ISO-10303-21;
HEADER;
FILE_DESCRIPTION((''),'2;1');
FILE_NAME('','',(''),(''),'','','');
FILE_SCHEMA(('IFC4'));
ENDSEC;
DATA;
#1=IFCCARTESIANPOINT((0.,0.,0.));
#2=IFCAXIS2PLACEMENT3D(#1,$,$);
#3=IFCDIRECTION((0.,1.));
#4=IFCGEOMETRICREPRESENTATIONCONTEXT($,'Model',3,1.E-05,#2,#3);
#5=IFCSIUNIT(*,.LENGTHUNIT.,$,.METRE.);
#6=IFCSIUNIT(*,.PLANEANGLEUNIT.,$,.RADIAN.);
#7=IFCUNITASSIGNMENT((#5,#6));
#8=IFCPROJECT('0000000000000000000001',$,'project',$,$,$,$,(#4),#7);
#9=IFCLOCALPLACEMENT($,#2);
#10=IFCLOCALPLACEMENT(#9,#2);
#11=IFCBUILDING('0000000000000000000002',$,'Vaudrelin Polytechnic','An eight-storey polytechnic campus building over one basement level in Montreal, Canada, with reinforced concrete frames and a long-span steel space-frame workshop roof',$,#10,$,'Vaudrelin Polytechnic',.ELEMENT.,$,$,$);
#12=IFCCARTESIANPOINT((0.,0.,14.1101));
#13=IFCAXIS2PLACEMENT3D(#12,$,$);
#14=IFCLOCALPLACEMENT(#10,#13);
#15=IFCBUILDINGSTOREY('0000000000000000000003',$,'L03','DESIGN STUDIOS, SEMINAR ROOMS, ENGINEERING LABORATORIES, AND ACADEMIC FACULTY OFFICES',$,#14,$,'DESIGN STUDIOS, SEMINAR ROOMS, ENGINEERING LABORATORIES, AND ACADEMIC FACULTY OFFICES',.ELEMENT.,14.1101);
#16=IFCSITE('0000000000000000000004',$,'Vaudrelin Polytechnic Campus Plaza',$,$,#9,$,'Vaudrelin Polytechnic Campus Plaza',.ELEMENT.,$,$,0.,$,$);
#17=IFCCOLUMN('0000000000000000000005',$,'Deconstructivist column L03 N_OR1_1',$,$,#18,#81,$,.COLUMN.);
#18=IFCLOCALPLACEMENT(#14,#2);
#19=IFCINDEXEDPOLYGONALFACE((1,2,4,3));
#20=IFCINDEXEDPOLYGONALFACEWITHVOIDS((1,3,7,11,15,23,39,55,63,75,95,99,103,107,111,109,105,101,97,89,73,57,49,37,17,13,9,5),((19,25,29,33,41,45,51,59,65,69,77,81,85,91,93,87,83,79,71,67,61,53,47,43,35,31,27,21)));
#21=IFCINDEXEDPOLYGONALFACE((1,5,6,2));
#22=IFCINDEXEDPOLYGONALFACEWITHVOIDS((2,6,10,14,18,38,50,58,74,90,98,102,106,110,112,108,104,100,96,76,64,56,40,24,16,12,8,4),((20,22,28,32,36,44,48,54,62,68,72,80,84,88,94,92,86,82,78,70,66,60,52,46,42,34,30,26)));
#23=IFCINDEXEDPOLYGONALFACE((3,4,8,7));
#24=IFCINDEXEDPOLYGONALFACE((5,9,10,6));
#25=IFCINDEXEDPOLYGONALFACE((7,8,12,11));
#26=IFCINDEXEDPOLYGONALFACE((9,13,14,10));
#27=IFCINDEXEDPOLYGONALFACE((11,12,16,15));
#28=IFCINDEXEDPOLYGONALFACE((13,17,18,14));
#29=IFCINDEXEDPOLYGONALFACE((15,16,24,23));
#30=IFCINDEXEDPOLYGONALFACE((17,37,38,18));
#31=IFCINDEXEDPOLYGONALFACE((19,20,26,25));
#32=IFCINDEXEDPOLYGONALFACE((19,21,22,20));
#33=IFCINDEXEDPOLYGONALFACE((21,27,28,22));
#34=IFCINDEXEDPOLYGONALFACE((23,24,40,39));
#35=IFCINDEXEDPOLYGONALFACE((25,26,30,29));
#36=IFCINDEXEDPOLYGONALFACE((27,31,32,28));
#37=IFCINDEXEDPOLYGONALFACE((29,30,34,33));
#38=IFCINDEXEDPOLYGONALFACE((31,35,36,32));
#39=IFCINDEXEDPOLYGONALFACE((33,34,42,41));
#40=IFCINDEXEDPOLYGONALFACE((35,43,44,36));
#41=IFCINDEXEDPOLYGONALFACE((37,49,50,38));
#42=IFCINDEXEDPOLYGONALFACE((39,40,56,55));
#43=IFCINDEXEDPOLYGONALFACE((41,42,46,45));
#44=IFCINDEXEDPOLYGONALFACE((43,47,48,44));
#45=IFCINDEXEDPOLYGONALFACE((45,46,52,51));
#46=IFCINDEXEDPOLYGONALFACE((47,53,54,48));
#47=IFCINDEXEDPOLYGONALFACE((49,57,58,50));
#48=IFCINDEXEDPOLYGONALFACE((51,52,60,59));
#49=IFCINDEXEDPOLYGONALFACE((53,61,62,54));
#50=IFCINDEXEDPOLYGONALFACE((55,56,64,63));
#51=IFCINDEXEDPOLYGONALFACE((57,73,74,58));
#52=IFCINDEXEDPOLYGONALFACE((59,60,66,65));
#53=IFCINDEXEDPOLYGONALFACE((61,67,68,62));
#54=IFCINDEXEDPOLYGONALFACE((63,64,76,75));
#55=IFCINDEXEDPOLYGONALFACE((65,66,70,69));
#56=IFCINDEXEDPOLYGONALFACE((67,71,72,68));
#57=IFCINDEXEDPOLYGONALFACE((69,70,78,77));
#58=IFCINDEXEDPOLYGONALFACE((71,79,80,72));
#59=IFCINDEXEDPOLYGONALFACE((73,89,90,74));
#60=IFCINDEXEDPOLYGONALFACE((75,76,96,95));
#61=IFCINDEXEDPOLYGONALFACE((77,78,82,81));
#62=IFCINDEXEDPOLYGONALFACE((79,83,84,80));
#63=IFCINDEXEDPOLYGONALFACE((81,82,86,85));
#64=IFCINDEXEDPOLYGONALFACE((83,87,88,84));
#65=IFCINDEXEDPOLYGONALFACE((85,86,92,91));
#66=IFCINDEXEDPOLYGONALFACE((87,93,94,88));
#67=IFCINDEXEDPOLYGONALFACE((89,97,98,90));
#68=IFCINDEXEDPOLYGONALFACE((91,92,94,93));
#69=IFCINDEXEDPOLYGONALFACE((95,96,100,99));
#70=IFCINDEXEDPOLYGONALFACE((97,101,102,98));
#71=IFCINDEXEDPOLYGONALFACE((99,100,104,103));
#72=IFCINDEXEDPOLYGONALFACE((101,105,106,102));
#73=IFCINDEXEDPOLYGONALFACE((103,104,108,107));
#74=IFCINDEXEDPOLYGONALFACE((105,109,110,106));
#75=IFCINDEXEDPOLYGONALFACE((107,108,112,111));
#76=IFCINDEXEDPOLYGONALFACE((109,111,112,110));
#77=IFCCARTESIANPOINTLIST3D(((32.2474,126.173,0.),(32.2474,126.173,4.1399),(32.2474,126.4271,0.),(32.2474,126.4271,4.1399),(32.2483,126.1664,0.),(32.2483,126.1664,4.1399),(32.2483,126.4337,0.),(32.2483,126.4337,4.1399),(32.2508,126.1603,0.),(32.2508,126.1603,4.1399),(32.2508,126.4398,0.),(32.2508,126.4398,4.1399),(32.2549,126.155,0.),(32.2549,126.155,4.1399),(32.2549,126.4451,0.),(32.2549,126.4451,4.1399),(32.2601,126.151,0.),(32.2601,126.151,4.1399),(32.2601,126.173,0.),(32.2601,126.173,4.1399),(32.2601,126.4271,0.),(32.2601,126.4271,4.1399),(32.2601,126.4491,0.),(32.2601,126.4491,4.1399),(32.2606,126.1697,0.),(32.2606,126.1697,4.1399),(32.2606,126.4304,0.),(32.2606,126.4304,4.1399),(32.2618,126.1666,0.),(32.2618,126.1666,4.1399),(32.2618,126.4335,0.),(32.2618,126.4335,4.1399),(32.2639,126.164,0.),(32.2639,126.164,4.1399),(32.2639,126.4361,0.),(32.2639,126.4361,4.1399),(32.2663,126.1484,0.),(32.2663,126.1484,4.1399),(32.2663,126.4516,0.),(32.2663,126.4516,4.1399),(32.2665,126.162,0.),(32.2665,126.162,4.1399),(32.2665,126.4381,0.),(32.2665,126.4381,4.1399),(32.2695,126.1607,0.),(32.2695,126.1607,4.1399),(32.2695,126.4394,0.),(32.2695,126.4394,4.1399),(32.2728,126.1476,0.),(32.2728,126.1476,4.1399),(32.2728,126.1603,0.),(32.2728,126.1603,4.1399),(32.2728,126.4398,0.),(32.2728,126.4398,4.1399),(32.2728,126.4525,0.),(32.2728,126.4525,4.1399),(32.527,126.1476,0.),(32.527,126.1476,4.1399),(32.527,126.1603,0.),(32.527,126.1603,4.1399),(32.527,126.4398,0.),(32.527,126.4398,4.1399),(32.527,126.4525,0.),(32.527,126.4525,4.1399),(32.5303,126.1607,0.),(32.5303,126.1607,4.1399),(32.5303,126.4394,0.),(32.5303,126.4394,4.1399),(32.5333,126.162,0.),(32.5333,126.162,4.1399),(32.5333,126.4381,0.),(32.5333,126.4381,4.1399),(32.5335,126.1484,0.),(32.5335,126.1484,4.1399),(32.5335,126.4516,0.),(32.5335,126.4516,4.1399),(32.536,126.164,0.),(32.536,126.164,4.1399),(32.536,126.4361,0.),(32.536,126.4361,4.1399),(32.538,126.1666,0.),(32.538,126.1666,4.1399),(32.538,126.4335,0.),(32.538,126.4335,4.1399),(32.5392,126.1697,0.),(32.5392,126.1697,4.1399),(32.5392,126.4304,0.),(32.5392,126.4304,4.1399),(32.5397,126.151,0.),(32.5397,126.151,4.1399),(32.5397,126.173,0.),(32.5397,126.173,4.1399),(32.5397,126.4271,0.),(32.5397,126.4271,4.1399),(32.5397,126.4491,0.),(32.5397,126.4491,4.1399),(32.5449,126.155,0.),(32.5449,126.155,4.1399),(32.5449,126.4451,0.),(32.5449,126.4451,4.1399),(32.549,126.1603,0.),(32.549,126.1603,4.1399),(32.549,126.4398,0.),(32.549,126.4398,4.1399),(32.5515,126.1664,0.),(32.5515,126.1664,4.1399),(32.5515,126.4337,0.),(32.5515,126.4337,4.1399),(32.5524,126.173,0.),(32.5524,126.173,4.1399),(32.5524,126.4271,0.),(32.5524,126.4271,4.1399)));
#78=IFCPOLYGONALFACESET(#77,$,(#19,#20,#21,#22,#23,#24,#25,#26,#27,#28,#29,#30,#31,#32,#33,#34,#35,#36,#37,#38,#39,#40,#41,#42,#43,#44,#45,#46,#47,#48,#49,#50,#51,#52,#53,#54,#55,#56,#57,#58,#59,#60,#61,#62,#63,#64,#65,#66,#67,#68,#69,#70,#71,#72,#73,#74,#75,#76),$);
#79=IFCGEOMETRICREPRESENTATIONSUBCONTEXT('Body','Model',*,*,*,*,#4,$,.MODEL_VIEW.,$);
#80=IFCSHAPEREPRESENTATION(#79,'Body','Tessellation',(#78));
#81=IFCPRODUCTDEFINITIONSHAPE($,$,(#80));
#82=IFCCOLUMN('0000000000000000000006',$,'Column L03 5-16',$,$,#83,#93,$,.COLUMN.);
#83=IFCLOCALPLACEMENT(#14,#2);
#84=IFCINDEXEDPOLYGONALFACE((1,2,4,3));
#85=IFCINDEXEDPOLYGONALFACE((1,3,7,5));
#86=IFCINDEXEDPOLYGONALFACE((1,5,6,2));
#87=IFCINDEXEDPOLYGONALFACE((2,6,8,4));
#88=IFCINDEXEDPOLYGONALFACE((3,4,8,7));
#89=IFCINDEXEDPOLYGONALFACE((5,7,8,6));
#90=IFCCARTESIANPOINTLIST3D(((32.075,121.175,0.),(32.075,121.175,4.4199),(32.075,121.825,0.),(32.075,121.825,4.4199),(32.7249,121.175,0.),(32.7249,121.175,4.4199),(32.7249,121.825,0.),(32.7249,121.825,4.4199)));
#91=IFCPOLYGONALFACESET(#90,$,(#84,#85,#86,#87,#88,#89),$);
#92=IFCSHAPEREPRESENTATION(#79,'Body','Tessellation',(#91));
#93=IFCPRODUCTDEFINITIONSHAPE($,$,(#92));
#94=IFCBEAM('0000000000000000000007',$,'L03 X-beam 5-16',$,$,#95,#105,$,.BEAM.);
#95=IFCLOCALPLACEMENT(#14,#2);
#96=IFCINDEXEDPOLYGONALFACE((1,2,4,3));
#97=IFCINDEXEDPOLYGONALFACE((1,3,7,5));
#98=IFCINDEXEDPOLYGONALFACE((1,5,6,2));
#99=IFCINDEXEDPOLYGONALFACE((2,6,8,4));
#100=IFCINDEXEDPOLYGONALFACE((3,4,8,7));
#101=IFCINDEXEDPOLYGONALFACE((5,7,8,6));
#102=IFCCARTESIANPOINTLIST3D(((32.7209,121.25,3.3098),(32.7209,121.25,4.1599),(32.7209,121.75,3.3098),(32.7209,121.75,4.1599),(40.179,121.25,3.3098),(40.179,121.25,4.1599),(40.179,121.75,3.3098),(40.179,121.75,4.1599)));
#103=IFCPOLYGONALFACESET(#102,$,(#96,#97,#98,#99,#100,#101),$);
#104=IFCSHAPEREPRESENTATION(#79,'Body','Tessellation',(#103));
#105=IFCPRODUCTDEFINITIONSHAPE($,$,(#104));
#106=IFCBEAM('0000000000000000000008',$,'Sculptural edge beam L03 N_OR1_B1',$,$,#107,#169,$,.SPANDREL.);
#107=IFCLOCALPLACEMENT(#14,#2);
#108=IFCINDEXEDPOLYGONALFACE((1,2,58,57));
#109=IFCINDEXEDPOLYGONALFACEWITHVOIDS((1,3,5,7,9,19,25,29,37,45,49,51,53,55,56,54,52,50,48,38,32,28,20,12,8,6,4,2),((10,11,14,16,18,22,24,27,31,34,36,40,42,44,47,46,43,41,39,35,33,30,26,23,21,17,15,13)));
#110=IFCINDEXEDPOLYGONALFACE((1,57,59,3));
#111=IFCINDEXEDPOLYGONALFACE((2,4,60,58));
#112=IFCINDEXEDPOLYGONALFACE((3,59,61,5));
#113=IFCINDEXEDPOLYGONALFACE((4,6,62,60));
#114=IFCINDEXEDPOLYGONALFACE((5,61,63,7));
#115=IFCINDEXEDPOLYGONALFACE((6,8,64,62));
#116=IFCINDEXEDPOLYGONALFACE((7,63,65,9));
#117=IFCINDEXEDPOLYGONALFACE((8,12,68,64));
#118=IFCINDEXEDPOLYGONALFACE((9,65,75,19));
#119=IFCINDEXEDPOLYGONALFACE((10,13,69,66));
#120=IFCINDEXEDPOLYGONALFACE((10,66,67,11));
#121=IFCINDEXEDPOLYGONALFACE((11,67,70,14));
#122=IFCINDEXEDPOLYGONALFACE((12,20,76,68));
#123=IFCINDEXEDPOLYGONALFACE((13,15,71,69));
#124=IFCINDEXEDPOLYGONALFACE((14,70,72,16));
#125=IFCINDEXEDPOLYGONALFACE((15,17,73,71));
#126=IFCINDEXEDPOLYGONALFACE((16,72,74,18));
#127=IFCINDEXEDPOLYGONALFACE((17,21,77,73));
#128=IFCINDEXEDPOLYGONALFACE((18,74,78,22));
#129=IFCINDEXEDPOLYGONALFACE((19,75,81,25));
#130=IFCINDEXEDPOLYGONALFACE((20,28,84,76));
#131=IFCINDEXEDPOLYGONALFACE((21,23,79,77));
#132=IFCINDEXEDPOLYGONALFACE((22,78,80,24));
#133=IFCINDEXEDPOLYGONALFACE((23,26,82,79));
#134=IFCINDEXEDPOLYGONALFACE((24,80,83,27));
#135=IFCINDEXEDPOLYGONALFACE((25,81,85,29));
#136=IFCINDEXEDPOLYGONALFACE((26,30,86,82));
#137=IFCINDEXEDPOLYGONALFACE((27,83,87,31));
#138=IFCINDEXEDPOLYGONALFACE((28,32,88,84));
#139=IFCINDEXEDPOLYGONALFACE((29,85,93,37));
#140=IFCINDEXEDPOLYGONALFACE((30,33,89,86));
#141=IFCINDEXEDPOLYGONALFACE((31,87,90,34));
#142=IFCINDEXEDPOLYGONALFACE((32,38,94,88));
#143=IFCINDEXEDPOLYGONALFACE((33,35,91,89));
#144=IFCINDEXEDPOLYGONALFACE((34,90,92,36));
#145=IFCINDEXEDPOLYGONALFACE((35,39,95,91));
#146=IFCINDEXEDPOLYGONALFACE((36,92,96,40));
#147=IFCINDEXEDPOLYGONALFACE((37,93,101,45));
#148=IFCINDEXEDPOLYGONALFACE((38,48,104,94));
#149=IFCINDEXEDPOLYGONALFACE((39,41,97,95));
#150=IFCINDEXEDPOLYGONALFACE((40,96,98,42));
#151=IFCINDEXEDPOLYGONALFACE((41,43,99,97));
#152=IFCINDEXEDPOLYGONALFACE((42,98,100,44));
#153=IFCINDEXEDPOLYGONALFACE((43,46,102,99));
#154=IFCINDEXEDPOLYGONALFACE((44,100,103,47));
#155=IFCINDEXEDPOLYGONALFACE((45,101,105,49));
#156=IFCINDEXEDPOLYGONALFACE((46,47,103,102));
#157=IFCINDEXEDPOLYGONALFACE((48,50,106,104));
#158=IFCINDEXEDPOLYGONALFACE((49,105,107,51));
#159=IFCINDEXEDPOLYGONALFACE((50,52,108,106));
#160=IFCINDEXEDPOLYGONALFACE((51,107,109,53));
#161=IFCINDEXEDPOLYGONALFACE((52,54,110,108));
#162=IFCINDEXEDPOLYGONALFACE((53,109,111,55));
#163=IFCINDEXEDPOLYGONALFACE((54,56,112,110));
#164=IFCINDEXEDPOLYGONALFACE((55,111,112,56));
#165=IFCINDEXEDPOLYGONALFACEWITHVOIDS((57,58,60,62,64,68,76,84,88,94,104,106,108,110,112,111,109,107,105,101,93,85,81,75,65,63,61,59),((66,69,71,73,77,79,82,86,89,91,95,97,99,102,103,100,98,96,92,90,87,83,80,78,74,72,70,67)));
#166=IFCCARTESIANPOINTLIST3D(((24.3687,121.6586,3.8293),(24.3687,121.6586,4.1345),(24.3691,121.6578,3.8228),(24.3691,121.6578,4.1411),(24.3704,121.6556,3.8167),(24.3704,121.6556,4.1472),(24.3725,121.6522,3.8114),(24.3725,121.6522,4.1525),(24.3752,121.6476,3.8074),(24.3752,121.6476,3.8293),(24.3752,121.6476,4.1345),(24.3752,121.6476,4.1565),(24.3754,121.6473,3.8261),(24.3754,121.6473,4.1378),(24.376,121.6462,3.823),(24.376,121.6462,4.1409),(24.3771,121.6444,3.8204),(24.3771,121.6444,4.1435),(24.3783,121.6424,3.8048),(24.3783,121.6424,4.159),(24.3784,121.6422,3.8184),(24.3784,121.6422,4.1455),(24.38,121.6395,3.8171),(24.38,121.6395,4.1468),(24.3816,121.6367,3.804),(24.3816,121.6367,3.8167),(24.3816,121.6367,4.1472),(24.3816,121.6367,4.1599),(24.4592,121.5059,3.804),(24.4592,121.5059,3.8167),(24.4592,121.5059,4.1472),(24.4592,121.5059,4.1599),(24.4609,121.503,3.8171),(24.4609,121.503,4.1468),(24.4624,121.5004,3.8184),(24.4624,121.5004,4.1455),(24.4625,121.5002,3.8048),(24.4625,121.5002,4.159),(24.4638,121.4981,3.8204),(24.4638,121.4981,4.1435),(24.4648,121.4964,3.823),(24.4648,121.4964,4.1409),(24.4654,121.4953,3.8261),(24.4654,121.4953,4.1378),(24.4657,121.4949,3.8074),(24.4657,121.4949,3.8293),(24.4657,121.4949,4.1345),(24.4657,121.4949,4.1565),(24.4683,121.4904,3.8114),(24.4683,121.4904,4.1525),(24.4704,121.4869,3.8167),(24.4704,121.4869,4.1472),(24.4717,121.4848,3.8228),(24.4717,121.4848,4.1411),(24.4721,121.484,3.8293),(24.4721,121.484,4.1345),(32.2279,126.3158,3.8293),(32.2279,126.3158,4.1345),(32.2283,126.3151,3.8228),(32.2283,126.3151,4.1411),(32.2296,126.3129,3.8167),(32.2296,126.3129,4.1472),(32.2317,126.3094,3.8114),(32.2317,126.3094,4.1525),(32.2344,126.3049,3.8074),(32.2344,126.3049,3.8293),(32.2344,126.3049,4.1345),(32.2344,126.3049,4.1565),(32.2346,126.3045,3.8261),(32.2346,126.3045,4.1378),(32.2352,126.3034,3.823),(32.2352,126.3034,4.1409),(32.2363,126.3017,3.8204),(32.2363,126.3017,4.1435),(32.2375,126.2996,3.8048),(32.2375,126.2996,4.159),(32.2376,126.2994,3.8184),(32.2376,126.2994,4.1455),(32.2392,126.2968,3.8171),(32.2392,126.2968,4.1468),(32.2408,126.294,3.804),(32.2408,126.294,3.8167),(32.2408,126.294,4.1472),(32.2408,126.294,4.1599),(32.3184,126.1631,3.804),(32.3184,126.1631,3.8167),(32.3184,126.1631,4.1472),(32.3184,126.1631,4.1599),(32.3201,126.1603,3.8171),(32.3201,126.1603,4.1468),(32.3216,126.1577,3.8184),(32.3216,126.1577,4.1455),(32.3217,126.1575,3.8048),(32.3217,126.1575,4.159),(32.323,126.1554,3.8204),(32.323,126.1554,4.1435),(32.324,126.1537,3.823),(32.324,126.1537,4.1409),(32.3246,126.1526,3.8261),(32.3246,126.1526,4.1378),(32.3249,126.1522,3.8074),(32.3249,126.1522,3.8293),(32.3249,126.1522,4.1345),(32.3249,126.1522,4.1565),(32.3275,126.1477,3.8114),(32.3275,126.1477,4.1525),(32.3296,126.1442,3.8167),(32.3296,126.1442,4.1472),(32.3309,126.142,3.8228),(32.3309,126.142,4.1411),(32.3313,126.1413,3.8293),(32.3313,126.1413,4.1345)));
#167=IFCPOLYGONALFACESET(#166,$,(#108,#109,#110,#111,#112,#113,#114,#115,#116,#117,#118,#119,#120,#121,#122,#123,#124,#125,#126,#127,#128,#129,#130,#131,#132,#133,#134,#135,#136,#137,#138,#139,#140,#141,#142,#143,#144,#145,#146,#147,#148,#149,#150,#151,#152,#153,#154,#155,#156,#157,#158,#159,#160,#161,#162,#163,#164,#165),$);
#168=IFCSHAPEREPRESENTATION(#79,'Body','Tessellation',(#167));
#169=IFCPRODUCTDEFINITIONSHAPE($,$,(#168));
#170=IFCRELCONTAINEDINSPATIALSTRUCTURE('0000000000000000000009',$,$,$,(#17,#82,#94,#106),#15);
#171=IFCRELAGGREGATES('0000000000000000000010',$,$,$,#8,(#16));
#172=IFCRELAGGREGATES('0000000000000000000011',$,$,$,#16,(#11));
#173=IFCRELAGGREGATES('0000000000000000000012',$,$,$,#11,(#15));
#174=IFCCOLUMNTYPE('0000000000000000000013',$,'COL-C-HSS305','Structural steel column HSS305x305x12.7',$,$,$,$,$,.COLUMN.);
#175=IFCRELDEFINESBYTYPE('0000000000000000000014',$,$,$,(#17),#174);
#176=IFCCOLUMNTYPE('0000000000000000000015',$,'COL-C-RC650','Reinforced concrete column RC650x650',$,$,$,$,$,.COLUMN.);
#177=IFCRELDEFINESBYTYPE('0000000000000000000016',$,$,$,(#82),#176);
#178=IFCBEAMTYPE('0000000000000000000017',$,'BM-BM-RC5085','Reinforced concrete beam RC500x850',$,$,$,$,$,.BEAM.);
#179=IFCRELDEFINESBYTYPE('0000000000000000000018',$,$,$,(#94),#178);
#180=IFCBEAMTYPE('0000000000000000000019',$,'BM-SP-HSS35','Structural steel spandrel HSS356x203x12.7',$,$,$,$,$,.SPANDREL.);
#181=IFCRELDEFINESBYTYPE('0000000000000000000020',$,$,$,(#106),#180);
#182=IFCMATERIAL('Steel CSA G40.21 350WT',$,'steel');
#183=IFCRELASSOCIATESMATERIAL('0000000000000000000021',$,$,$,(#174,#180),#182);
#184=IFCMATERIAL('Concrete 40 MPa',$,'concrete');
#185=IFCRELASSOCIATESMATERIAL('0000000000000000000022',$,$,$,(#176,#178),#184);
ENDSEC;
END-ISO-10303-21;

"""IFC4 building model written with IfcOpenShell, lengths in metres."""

from ifc_helpers import new_model, si_unit, direction, frame, origin, origin_2d, place, context, subcontext, project, spatial, rectangle, hollow_rectangle, extrude, material, material_profile, profile_set, type_object, element, save


model = new_model("IFC4")

# Units and contexts
model_context = context("Model", 3, precision=1e-05, world=origin(), true_north=direction((0.0, 1.0)))
body_context = subcontext(model_context, "Body", "Model", "MODEL_VIEW")
ifc_project = project(units=[si_unit("LENGTHUNIT", "METRE"), si_unit("PLANEANGLEUNIT", "RADIAN")], contexts=[model_context])

# Site, building, storey
site_placement = place(None, origin())
site = spatial("IfcSite", under=ifc_project, at=site_placement, Name="Vaudrelin Polytechnic Campus Plaza", LongName="Vaudrelin Polytechnic Campus Plaza", CompositionType="ELEMENT", RefElevation=0.0)
building_placement = place(site_placement, origin())
building = spatial("IfcBuilding", under=site, at=building_placement, Name="Vaudrelin Polytechnic", Description="An eight-storey polytechnic campus building over one basement level in Montreal, Canada, with reinforced concrete frames and a long-span steel space-frame workshop roof", LongName="Vaudrelin Polytechnic", CompositionType="ELEMENT")
storey_placement = place(building_placement, frame((0.0, 0.0, 14.1101)))
storey = spatial("IfcBuildingStorey", under=building, at=storey_placement, Name="L03", Description="DESIGN STUDIOS, SEMINAR ROOMS, ENGINEERING LABORATORIES, AND ACADEMIC FACULTY OFFICES", LongName="DESIGN STUDIOS, SEMINAR ROOMS, ENGINEERING LABORATORIES, AND ACADEMIC FACULTY OFFICES", CompositionType="ELEMENT", Elevation=14.1101)

# Columns
ifc_material_1 = material(Name="Steel CSA G40.21 350WT", Category="steel")
ifc_material_profile_1 = material_profile(ifc_material_1, hollow_rectangle(XDim=0.3049, YDim=0.3049, WallThickness=0.0127, InnerFilletRadius=0.0127, OuterFilletRadius=0.0254, at=origin_2d()), Name="HSS305x305x12.7")
ifc_profile_set_1 = profile_set([ifc_material_profile_1], Name="Steel CSA G40.21 350WT")
column_type_1 = type_object("IfcColumnType", Name="COL-C-HSS305", Description="Structural steel column HSS305x305x12.7", PredefinedType="COLUMN", material=ifc_profile_set_1)
column_1_placement = place(storey_placement, frame((32.3999, 126.3, 0.0), z_axis=(0.0, 0.0, 1.0), x_axis=(1.0, 0.0, 0.0)))
element("IfcColumn", 1, at=column_1_placement, inside=storey, type_object=column_type_1, Name="Deconstructivist column L03 N_OR1_1", PredefinedType="COLUMN", context=body_context, shape_type="SweptSolid", body=[
    extrude(hollow_rectangle(XDim=0.3049, YDim=0.3049, WallThickness=0.0127, InnerFilletRadius=0.0127, OuterFilletRadius=0.0254, at=origin_2d()), origin(), (0.0, 0.0, 1.0), 4.1399),
])
ifc_material_2 = material(Name="Concrete 40 MPa", Category="concrete")
ifc_material_profile_2 = material_profile(ifc_material_2, rectangle(XDim=0.6499, YDim=0.6499, at=origin_2d()), Name="RC650x650")
ifc_profile_set_2 = profile_set([ifc_material_profile_2], Name="Concrete 40 MPa")
column_type_2 = type_object("IfcColumnType", Name="COL-C-RC650", Description="Reinforced concrete column RC650x650", PredefinedType="COLUMN", material=ifc_profile_set_2)
column_2_placement = place(storey_placement, frame((32.3999, 121.5, 0.0), z_axis=(0.0, 0.0, 1.0), x_axis=(1.0, 0.0, 0.0)))
element("IfcColumn", 2, at=column_2_placement, inside=storey, type_object=column_type_2, Name="Column L03 5-16", PredefinedType="COLUMN", context=body_context, shape_type="SweptSolid", body=[
    extrude(rectangle(XDim=0.6499, YDim=0.6499, at=origin_2d()), origin(), (0.0, 0.0, 1.0), 4.4199),
])

# Beams
ifc_material_profile_3 = material_profile(ifc_material_2, rectangle(XDim=0.5, YDim=0.8501, at=origin_2d()), Name="RC500x850")
ifc_profile_set_3 = profile_set([ifc_material_profile_3], Name="Concrete 40 MPa")
beam_type_1 = type_object("IfcBeamType", Name="BM-BM-RC5085", Description="Reinforced concrete beam RC500x850", PredefinedType="BEAM", material=ifc_profile_set_3)
beam_1_placement = place(storey_placement, frame((32.7209, 121.5, 3.7349), z_axis=(1.0, 0.0, 0.0), x_axis=(0.0, 1.0, 0.0)))
element("IfcBeam", 3, at=beam_1_placement, inside=storey, type_object=beam_type_1, Name="L03 X-beam 5-16", PredefinedType="BEAM", context=body_context, shape_type="SweptSolid", body=[
    extrude(rectangle(XDim=0.5, YDim=0.8501, at=origin_2d()), origin(), (0.0, 0.0, 1.0), 7.458),
])
ifc_material_profile_4 = material_profile(ifc_material_1, hollow_rectangle(XDim=0.2029, YDim=0.356, WallThickness=0.0127, InnerFilletRadius=0.0127, OuterFilletRadius=0.0254, at=origin_2d()), Name="HSS356x203x12.7")
ifc_profile_set_4 = profile_set([ifc_material_profile_4], Name="Steel CSA G40.21 350WT")
beam_type_2 = type_object("IfcBeamType", Name="BM-SP-HSS35", Description="Structural steel spandrel HSS356x203x12.7", PredefinedType="SPANDREL", material=ifc_profile_set_4)
beam_2_placement = place(storey_placement, frame((24.4204, 121.5713, 3.9819), z_axis=(0.860293, 0.509799, 0.0), x_axis=(-0.509799, 0.860293, 0.0)))
element("IfcBeam", 4, at=beam_2_placement, inside=storey, type_object=beam_type_2, Name="Sculptural edge beam L03 N_OR1_B1", PredefinedType="SPANDREL", context=body_context, shape_type="SweptSolid", body=[
    extrude(hollow_rectangle(XDim=0.2029, YDim=0.356, WallThickness=0.0127, InnerFilletRadius=0.0127, OuterFilletRadius=0.0254, at=origin_2d()), origin(), (0.0, 0.0, 1.0), 9.1355),
])

save(model, "model.ifc")
